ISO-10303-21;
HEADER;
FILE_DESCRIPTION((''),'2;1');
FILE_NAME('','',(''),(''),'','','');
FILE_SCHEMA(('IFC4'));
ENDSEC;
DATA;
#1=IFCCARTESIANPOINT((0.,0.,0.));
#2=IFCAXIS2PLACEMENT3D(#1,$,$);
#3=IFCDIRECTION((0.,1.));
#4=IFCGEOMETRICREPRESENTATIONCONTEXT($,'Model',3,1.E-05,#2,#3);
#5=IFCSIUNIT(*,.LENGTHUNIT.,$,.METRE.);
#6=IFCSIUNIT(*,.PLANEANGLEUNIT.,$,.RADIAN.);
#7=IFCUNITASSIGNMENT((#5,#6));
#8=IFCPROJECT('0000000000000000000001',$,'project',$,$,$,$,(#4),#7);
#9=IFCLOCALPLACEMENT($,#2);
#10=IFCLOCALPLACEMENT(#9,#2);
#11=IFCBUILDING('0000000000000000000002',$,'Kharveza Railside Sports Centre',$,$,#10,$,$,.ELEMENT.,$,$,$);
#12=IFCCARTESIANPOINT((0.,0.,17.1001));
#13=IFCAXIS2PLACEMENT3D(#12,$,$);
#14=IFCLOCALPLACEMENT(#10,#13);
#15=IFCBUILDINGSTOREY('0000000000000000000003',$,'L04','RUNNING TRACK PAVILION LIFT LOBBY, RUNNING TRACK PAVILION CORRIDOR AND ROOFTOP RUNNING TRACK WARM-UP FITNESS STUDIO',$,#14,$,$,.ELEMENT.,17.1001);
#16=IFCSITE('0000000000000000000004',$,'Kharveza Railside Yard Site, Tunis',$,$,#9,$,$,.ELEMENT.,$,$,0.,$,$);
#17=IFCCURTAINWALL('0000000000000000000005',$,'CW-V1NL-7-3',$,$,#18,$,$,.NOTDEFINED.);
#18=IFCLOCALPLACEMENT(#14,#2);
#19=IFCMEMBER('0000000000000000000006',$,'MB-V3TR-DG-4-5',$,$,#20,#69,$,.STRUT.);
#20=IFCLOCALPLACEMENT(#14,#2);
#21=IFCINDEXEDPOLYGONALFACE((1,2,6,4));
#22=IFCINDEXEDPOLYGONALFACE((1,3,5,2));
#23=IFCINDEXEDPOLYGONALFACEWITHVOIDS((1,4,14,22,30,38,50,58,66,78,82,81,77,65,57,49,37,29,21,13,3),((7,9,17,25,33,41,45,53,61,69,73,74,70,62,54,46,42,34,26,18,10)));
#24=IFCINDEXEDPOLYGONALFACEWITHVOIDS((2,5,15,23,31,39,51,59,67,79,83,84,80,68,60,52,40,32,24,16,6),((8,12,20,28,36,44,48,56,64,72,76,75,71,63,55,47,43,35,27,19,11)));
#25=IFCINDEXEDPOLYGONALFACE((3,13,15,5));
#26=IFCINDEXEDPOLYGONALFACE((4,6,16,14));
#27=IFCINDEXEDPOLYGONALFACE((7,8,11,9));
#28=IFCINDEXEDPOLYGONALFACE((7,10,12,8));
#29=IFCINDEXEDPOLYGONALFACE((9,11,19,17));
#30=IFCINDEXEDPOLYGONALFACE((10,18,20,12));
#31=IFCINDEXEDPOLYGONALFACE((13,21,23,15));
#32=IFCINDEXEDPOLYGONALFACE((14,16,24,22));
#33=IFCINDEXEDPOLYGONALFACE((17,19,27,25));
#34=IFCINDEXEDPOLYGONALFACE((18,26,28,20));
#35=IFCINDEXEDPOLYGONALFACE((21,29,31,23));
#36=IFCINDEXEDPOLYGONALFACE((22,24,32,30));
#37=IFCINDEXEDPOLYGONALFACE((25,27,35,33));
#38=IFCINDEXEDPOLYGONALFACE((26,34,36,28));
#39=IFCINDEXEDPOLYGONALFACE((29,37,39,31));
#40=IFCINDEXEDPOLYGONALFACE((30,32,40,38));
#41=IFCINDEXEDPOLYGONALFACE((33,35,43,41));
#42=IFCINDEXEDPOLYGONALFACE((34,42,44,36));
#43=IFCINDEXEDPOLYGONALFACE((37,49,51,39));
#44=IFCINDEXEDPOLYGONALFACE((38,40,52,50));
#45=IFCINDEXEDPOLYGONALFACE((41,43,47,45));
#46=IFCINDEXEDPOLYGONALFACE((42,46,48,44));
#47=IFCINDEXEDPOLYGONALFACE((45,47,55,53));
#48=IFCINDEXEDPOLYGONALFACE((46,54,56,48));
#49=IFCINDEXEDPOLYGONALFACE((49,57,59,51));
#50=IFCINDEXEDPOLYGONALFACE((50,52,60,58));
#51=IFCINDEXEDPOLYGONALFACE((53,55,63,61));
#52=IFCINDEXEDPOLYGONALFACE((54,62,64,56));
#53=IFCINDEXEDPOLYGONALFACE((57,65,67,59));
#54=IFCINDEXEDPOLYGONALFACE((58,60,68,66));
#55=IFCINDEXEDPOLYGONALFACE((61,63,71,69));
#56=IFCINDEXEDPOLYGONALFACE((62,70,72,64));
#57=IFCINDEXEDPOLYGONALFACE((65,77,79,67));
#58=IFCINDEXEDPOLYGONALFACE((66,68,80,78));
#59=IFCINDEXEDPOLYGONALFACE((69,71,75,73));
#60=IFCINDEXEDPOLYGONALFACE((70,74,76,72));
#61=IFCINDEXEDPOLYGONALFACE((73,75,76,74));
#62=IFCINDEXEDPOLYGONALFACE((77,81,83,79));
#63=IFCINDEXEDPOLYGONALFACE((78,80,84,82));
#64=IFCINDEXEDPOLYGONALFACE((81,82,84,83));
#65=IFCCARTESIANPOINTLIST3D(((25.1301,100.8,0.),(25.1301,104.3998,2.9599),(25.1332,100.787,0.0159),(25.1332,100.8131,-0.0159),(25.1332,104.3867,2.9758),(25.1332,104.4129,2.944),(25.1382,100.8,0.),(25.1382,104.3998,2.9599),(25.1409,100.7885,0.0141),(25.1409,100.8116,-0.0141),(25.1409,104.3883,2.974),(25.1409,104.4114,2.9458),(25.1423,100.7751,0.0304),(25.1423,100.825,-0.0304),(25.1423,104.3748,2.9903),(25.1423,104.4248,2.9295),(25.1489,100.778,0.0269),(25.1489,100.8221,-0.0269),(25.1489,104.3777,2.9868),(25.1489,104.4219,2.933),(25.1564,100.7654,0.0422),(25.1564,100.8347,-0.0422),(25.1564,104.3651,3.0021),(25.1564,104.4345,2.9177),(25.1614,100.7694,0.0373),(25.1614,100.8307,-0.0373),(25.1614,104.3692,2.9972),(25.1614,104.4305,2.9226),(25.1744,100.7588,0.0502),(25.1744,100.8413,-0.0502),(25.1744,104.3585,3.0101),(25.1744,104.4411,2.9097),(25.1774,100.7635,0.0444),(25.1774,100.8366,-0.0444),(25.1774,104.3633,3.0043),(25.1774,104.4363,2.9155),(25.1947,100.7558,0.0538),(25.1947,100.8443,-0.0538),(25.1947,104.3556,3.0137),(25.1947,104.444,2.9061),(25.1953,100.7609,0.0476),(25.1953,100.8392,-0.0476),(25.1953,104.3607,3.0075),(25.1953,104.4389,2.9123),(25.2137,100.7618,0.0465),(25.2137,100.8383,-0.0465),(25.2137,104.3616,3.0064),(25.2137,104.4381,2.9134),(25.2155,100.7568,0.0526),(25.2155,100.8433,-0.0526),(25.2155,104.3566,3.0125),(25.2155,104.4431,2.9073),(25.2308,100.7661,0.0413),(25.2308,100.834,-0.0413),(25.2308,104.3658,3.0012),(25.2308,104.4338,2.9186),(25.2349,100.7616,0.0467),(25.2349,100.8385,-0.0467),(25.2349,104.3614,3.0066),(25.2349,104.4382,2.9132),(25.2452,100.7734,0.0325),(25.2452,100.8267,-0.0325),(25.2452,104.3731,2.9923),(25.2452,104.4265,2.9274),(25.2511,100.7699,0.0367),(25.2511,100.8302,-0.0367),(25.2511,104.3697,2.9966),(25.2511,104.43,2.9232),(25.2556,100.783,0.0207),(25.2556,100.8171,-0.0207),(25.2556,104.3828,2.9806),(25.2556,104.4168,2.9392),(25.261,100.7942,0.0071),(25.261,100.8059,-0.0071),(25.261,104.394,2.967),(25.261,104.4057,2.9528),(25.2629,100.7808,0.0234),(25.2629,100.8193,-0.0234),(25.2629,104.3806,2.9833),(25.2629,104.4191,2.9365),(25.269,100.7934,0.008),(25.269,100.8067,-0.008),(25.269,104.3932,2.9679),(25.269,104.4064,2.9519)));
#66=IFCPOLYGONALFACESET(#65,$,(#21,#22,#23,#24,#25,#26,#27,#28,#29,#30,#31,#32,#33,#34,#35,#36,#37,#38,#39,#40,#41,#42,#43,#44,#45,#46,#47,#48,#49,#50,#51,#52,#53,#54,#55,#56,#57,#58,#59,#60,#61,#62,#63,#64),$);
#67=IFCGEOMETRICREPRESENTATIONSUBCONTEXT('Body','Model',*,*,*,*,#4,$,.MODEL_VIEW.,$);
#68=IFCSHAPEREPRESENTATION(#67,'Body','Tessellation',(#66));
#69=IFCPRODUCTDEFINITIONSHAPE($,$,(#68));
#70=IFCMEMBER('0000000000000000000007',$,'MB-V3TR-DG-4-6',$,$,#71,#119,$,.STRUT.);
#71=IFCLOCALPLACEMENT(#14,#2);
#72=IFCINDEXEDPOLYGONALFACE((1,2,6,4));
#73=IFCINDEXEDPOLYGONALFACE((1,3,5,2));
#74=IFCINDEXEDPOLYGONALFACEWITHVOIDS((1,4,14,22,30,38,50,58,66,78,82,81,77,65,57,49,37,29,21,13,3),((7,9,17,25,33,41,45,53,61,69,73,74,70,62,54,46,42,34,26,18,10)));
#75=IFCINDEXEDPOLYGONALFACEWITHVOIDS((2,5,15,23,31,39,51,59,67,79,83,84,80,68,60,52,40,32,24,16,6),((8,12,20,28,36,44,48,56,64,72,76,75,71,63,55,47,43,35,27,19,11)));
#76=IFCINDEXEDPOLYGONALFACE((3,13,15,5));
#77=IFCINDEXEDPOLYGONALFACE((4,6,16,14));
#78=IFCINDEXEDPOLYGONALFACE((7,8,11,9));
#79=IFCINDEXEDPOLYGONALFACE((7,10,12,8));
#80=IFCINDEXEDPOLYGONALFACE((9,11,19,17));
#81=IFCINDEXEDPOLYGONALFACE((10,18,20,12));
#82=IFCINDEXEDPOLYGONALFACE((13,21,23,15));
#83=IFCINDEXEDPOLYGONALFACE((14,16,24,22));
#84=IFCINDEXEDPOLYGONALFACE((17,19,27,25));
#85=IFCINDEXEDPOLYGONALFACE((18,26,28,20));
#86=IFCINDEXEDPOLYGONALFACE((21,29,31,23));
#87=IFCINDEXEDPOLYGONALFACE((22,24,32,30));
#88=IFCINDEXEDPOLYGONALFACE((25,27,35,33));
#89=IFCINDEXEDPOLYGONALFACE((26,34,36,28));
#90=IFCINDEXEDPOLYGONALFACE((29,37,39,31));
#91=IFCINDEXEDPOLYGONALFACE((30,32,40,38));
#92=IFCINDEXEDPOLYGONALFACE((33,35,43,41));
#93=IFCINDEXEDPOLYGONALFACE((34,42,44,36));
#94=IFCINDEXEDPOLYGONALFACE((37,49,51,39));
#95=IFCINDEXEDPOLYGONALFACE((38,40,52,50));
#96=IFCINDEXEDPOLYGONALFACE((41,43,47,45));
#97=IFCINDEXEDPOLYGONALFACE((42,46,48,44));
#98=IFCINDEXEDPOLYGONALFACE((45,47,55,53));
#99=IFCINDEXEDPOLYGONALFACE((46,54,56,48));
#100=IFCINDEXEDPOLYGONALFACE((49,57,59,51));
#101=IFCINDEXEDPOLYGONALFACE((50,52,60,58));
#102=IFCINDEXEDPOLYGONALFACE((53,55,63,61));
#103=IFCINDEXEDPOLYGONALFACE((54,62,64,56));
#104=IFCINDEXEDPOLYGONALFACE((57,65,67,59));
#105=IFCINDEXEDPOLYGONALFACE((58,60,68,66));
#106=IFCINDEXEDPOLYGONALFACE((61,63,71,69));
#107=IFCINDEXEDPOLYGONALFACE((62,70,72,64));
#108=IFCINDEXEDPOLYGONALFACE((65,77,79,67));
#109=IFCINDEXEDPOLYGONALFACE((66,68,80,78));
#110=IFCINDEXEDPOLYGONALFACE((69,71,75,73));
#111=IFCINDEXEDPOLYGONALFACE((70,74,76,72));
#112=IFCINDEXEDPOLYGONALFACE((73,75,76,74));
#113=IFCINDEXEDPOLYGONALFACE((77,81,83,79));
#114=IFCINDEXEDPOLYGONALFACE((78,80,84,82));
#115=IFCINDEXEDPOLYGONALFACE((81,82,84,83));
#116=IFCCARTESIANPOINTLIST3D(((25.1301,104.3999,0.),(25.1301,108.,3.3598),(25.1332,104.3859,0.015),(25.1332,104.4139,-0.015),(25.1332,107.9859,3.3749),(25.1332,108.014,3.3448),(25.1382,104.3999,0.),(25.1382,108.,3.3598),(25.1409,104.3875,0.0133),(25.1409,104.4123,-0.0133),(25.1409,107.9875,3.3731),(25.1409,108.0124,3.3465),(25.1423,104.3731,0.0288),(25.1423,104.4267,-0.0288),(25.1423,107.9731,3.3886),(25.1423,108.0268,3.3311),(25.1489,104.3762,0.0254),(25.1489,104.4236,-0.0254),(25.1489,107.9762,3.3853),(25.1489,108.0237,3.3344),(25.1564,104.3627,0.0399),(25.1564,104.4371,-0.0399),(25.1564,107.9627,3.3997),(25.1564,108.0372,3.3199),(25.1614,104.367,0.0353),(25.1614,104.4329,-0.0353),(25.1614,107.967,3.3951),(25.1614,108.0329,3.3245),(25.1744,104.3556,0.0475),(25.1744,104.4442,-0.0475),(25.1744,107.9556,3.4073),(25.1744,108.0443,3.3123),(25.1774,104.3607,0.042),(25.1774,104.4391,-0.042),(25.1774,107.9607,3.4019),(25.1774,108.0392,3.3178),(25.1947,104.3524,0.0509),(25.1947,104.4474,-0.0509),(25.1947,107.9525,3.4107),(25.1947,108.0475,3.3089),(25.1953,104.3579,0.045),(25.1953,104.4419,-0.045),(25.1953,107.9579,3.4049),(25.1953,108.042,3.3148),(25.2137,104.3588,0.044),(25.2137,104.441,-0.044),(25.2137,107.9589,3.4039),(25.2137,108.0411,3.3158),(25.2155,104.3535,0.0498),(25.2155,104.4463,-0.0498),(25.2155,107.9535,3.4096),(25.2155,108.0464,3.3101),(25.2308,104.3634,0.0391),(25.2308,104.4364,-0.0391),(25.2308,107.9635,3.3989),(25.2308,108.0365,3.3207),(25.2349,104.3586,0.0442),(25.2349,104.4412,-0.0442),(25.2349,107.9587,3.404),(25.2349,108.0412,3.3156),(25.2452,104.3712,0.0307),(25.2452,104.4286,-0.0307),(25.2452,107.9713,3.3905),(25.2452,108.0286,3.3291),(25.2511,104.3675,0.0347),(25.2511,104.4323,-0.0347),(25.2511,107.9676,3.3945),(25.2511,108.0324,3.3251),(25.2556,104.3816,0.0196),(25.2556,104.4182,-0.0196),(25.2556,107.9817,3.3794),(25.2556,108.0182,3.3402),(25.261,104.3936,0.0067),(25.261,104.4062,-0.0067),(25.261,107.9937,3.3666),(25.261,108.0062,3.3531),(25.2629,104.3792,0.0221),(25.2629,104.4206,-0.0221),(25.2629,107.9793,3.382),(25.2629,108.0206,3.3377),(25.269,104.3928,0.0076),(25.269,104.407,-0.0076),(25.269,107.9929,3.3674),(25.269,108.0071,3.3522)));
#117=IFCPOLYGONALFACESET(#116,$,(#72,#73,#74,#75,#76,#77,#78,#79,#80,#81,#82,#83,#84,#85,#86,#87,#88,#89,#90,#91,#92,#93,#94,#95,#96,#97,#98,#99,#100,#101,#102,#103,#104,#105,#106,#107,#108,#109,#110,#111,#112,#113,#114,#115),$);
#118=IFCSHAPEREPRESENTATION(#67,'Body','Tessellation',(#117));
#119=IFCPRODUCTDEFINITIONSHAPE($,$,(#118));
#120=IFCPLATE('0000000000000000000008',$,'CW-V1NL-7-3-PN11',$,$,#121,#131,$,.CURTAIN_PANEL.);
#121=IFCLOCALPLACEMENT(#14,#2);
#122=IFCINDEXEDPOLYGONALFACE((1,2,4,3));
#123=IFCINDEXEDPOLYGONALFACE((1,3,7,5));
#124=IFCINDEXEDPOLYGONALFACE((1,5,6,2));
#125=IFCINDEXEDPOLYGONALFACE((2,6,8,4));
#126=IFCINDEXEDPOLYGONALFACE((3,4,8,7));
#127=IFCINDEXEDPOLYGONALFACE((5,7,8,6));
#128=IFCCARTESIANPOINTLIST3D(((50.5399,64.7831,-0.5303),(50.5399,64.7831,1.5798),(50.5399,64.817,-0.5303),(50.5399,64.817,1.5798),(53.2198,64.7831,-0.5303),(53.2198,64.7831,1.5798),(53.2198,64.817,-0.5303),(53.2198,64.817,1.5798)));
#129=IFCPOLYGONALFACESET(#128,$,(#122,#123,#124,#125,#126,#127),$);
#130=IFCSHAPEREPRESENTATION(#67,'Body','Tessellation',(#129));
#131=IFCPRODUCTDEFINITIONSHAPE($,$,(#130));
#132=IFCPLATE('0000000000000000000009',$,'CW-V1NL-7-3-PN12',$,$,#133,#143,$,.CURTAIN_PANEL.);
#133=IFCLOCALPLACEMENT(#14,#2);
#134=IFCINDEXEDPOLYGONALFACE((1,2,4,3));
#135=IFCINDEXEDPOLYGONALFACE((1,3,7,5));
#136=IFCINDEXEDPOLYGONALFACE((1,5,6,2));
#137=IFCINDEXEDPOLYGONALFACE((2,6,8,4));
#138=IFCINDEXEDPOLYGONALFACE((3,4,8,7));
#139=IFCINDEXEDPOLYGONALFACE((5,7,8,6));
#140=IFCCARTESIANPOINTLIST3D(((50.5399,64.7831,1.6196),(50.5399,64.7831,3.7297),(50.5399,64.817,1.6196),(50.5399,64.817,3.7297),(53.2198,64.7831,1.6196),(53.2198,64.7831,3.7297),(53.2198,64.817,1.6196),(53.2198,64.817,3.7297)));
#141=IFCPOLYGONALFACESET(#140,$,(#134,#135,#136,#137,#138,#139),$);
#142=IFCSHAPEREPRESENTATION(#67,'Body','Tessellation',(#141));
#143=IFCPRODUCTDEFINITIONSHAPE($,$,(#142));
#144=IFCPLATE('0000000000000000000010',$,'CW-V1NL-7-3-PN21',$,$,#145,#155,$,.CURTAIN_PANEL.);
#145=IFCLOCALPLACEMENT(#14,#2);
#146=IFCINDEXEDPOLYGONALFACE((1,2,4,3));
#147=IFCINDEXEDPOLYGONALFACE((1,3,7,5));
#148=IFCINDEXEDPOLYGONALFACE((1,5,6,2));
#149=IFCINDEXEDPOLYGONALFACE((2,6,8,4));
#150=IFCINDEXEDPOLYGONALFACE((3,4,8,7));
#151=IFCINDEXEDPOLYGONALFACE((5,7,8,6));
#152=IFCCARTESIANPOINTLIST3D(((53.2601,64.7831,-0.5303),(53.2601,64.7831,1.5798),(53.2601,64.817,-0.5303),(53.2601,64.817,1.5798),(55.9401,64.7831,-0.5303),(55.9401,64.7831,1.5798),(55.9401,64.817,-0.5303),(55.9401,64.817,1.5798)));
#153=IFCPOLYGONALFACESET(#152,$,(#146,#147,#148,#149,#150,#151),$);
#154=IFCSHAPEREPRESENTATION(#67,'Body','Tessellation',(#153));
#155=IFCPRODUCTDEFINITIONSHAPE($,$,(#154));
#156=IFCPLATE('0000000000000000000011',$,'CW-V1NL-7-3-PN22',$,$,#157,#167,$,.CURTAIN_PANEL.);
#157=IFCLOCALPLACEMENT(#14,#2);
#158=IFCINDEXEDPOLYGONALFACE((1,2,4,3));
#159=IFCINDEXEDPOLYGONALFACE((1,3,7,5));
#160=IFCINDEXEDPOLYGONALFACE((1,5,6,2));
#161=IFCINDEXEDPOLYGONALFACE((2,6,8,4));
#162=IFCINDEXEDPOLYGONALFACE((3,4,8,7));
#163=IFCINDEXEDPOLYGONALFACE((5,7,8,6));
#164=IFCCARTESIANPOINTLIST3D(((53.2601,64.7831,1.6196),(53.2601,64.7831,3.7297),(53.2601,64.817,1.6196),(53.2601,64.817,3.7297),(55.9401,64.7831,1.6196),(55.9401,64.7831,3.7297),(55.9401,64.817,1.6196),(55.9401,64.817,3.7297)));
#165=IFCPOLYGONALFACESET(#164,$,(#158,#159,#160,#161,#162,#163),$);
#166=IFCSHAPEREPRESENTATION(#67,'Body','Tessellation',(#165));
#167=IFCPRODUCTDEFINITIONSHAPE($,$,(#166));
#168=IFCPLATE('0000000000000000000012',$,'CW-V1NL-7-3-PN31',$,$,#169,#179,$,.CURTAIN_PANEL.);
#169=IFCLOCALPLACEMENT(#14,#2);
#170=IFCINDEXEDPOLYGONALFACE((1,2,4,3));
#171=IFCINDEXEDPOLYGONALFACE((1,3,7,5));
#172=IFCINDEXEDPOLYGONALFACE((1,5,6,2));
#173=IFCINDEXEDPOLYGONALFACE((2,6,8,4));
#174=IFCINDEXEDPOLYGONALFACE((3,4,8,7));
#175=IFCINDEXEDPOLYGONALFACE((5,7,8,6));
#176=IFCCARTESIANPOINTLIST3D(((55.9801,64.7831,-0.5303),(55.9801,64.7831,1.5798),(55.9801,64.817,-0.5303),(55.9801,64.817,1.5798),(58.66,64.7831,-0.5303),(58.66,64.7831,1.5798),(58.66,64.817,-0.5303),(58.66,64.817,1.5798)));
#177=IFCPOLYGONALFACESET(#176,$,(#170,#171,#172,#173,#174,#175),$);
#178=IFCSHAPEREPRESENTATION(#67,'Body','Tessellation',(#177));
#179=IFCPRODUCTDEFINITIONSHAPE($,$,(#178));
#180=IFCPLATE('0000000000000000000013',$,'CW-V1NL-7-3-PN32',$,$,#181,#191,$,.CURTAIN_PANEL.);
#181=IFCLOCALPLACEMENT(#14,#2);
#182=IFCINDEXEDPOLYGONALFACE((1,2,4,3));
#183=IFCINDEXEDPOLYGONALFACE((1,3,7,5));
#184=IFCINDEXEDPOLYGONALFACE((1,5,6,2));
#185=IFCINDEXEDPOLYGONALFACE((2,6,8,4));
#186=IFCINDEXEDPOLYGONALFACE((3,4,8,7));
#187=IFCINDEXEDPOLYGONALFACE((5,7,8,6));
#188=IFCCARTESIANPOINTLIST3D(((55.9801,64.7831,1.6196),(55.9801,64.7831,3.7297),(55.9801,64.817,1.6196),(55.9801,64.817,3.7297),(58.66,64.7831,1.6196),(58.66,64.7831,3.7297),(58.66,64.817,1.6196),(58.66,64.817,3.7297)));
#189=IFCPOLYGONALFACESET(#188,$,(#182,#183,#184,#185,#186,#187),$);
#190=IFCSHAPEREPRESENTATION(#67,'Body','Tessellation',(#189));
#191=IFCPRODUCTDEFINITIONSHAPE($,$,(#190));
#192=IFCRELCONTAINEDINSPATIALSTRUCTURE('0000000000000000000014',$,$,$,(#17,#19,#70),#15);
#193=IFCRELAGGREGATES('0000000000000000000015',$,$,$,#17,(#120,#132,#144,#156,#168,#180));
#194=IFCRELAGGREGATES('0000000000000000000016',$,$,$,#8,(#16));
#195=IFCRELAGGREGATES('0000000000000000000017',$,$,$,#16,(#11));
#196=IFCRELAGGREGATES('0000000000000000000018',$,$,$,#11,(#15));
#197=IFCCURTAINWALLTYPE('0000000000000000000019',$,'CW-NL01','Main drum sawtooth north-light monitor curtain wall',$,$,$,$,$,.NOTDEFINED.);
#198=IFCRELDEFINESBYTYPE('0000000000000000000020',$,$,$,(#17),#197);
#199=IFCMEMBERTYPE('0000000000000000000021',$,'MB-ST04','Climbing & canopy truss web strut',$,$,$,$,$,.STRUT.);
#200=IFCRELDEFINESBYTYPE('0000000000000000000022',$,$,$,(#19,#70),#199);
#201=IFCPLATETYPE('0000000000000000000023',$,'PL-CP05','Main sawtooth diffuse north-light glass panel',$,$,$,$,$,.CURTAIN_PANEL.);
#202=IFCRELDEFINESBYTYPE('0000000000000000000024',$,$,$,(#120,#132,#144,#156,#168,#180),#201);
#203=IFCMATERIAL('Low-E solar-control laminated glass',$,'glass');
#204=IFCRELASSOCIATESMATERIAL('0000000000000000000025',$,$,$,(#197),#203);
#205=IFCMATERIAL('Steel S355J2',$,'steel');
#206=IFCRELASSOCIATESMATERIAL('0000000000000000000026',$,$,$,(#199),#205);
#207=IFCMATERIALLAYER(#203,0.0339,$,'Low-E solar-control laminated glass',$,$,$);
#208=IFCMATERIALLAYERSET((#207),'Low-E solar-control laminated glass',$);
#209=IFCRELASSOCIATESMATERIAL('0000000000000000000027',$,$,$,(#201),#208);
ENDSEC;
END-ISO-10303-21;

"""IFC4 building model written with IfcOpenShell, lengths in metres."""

from ifc_helpers import new_model, si_unit, direction, frame, origin, origin_2d, place, context, subcontext, project, spatial, rectangle, hollow_circle, extrude, material, layer, layer_set, material_profile, profile_set, type_object, element, aggregate, save


model = new_model("IFC4")

# Units and contexts
model_context = context("Model", 3, precision=1e-05, world=origin(), true_north=direction((0.0, 1.0)))
body_context = subcontext(model_context, "Body", "Model", "MODEL_VIEW")
ifc_project = project(units=[si_unit("LENGTHUNIT", "METRE"), si_unit("PLANEANGLEUNIT", "RADIAN")], contexts=[model_context])

# Site, building, storey
site_placement = place(None, origin())
site = spatial("IfcSite", under=ifc_project, at=site_placement, Name="Kharveza Railside Yard Site, Tunis", CompositionType="ELEMENT", RefElevation=0.0)
building_placement = place(site_placement, origin())
building = spatial("IfcBuilding", under=site, at=building_placement, Name="Kharveza Railside Sports Centre", CompositionType="ELEMENT")
storey_placement = place(building_placement, frame((0.0, 0.0, 17.1001)))
storey = spatial("IfcBuildingStorey", under=building, at=storey_placement, Name="L04", Description="RUNNING TRACK PAVILION LIFT LOBBY, RUNNING TRACK PAVILION CORRIDOR AND ROOFTOP RUNNING TRACK WARM-UP FITNESS STUDIO", CompositionType="ELEMENT", Elevation=17.1001)

# Curtain wall
ifc_material_1 = material(Name="Low-E solar-control laminated glass", Category="glass")
curtain_wall_type = type_object("IfcCurtainWallType", Name="CW-NL01", Description="Main drum sawtooth north-light monitor curtain wall", PredefinedType="NOTDEFINED", material=ifc_material_1)
curtain_wall_placement = place(storey_placement, origin())
curtain_wall = element("IfcCurtainWall", 1, at=curtain_wall_placement, inside=storey, type_object=curtain_wall_type, Name="CW-V1NL-7-3", PredefinedType="NOTDEFINED")

# Members
ifc_material_2 = material(Name="Steel S355J2", Category="steel")
ifc_material_profile_1 = material_profile(ifc_material_2, hollow_circle(Radius=0.0698, WallThickness=0.0081, at=origin_2d()), Name="CHS 139.7x8.0")
ifc_profile_set_1 = profile_set([ifc_material_profile_1], Name="Steel S355J2")
member_type_1 = type_object("IfcMemberType", Name="MB-ST04", Description="Climbing & canopy truss web strut", PredefinedType="STRUT", material=ifc_profile_set_1)
member_1_placement = place(storey_placement, frame((25.2, 100.8, 0.0), z_axis=(0.0, 0.772417, 0.635116), x_axis=(-1.0, 0.0, 0.0)))
element("IfcMember", 2, at=member_1_placement, inside=storey, type_object=member_type_1, Name="MB-V3TR-DG-4-5", PredefinedType="STRUT", context=body_context, shape_type="SweptSolid", body=[
    extrude(hollow_circle(Radius=0.0698, WallThickness=0.0081, at=origin_2d()), origin(), (0.0, 0.0, 1.0), 4.6604),
])
member_2_placement = place(storey_placement, frame((25.2, 104.3999, 0.0), z_axis=(0.0, 0.731078, 0.682294), x_axis=(-1.0, 0.0, 0.0)))
element("IfcMember", 3, at=member_2_placement, inside=storey, type_object=member_type_1, Name="MB-V3TR-DG-4-6", PredefinedType="STRUT", context=body_context, shape_type="SweptSolid", body=[
    extrude(hollow_circle(Radius=0.0698, WallThickness=0.0081, at=origin_2d()), origin(), (0.0, 0.0, 1.0), 4.9243),
])

# Plates
ifc_layer_1 = layer(ifc_material_1, 0.0339, Name="Low-E solar-control laminated glass")
ifc_layer_set_1 = layer_set([ifc_layer_1], Name="Low-E solar-control laminated glass")
plate_type_1 = type_object("IfcPlateType", Name="PL-CP05", Description="Main sawtooth diffuse north-light glass panel", PredefinedType="CURTAIN_PANEL", material=ifc_layer_set_1)
plate_1_placement = place(storey_placement, frame((51.8799, 64.8, -0.5303), z_axis=(0.0, 0.0, 1.0), x_axis=(1.0, 0.0, 0.0)))
plate_1 = element("IfcPlate", 4, at=plate_1_placement, type_object=plate_type_1, Name="CW-V1NL-7-3-PN11", PredefinedType="CURTAIN_PANEL", context=body_context, shape_type="SweptSolid", body=[
    extrude(rectangle(XDim=2.6799, YDim=0.0339, at=origin_2d()), origin(), (0.0, 0.0, 1.0), 2.1101),
])
plate_2_placement = place(storey_placement, frame((51.8799, 64.8, 1.6196), z_axis=(0.0, 0.0, 1.0), x_axis=(1.0, 0.0, 0.0)))
plate_2 = element("IfcPlate", 5, at=plate_2_placement, type_object=plate_type_1, Name="CW-V1NL-7-3-PN12", PredefinedType="CURTAIN_PANEL", context=body_context, shape_type="SweptSolid", body=[
    extrude(rectangle(XDim=2.6799, YDim=0.0339, at=origin_2d()), origin(), (0.0, 0.0, 1.0), 2.1101),
])
plate_3_placement = place(storey_placement, frame((54.6001, 64.8, -0.5303), z_axis=(0.0, 0.0, 1.0), x_axis=(1.0, 0.0, 0.0)))
plate_3 = element("IfcPlate", 6, at=plate_3_placement, type_object=plate_type_1, Name="CW-V1NL-7-3-PN21", PredefinedType="CURTAIN_PANEL", context=body_context, shape_type="SweptSolid", body=[
    extrude(rectangle(XDim=2.6799, YDim=0.0339, at=origin_2d()), origin(), (0.0, 0.0, 1.0), 2.1101),
])
plate_4_placement = place(storey_placement, frame((54.6001, 64.8, 1.6196), z_axis=(0.0, 0.0, 1.0), x_axis=(1.0, 0.0, 0.0)))
plate_4 = element("IfcPlate", 7, at=plate_4_placement, type_object=plate_type_1, Name="CW-V1NL-7-3-PN22", PredefinedType="CURTAIN_PANEL", context=body_context, shape_type="SweptSolid", body=[
    extrude(rectangle(XDim=2.6799, YDim=0.0339, at=origin_2d()), origin(), (0.0, 0.0, 1.0), 2.1101),
])
plate_5_placement = place(storey_placement, frame((57.3201, 64.8, -0.5303), z_axis=(0.0, 0.0, 1.0), x_axis=(1.0, 0.0, 0.0)))
plate_5 = element("IfcPlate", 8, at=plate_5_placement, type_object=plate_type_1, Name="CW-V1NL-7-3-PN31", PredefinedType="CURTAIN_PANEL", context=body_context, shape_type="SweptSolid", body=[
    extrude(rectangle(XDim=2.6799, YDim=0.0339, at=origin_2d()), origin(), (0.0, 0.0, 1.0), 2.1101),
])
plate_6_placement = place(storey_placement, frame((57.3201, 64.8, 1.6196), z_axis=(0.0, 0.0, 1.0), x_axis=(1.0, 0.0, 0.0)))
plate_6 = element("IfcPlate", 9, at=plate_6_placement, type_object=plate_type_1, Name="CW-V1NL-7-3-PN32", PredefinedType="CURTAIN_PANEL", context=body_context, shape_type="SweptSolid", body=[
    extrude(rectangle(XDim=2.6799, YDim=0.0339, at=origin_2d()), origin(), (0.0, 0.0, 1.0), 2.1101),
])
aggregate(curtain_wall, [plate_1, plate_2, plate_3, plate_4, plate_5, plate_6])

save(model, "model.ifc")
